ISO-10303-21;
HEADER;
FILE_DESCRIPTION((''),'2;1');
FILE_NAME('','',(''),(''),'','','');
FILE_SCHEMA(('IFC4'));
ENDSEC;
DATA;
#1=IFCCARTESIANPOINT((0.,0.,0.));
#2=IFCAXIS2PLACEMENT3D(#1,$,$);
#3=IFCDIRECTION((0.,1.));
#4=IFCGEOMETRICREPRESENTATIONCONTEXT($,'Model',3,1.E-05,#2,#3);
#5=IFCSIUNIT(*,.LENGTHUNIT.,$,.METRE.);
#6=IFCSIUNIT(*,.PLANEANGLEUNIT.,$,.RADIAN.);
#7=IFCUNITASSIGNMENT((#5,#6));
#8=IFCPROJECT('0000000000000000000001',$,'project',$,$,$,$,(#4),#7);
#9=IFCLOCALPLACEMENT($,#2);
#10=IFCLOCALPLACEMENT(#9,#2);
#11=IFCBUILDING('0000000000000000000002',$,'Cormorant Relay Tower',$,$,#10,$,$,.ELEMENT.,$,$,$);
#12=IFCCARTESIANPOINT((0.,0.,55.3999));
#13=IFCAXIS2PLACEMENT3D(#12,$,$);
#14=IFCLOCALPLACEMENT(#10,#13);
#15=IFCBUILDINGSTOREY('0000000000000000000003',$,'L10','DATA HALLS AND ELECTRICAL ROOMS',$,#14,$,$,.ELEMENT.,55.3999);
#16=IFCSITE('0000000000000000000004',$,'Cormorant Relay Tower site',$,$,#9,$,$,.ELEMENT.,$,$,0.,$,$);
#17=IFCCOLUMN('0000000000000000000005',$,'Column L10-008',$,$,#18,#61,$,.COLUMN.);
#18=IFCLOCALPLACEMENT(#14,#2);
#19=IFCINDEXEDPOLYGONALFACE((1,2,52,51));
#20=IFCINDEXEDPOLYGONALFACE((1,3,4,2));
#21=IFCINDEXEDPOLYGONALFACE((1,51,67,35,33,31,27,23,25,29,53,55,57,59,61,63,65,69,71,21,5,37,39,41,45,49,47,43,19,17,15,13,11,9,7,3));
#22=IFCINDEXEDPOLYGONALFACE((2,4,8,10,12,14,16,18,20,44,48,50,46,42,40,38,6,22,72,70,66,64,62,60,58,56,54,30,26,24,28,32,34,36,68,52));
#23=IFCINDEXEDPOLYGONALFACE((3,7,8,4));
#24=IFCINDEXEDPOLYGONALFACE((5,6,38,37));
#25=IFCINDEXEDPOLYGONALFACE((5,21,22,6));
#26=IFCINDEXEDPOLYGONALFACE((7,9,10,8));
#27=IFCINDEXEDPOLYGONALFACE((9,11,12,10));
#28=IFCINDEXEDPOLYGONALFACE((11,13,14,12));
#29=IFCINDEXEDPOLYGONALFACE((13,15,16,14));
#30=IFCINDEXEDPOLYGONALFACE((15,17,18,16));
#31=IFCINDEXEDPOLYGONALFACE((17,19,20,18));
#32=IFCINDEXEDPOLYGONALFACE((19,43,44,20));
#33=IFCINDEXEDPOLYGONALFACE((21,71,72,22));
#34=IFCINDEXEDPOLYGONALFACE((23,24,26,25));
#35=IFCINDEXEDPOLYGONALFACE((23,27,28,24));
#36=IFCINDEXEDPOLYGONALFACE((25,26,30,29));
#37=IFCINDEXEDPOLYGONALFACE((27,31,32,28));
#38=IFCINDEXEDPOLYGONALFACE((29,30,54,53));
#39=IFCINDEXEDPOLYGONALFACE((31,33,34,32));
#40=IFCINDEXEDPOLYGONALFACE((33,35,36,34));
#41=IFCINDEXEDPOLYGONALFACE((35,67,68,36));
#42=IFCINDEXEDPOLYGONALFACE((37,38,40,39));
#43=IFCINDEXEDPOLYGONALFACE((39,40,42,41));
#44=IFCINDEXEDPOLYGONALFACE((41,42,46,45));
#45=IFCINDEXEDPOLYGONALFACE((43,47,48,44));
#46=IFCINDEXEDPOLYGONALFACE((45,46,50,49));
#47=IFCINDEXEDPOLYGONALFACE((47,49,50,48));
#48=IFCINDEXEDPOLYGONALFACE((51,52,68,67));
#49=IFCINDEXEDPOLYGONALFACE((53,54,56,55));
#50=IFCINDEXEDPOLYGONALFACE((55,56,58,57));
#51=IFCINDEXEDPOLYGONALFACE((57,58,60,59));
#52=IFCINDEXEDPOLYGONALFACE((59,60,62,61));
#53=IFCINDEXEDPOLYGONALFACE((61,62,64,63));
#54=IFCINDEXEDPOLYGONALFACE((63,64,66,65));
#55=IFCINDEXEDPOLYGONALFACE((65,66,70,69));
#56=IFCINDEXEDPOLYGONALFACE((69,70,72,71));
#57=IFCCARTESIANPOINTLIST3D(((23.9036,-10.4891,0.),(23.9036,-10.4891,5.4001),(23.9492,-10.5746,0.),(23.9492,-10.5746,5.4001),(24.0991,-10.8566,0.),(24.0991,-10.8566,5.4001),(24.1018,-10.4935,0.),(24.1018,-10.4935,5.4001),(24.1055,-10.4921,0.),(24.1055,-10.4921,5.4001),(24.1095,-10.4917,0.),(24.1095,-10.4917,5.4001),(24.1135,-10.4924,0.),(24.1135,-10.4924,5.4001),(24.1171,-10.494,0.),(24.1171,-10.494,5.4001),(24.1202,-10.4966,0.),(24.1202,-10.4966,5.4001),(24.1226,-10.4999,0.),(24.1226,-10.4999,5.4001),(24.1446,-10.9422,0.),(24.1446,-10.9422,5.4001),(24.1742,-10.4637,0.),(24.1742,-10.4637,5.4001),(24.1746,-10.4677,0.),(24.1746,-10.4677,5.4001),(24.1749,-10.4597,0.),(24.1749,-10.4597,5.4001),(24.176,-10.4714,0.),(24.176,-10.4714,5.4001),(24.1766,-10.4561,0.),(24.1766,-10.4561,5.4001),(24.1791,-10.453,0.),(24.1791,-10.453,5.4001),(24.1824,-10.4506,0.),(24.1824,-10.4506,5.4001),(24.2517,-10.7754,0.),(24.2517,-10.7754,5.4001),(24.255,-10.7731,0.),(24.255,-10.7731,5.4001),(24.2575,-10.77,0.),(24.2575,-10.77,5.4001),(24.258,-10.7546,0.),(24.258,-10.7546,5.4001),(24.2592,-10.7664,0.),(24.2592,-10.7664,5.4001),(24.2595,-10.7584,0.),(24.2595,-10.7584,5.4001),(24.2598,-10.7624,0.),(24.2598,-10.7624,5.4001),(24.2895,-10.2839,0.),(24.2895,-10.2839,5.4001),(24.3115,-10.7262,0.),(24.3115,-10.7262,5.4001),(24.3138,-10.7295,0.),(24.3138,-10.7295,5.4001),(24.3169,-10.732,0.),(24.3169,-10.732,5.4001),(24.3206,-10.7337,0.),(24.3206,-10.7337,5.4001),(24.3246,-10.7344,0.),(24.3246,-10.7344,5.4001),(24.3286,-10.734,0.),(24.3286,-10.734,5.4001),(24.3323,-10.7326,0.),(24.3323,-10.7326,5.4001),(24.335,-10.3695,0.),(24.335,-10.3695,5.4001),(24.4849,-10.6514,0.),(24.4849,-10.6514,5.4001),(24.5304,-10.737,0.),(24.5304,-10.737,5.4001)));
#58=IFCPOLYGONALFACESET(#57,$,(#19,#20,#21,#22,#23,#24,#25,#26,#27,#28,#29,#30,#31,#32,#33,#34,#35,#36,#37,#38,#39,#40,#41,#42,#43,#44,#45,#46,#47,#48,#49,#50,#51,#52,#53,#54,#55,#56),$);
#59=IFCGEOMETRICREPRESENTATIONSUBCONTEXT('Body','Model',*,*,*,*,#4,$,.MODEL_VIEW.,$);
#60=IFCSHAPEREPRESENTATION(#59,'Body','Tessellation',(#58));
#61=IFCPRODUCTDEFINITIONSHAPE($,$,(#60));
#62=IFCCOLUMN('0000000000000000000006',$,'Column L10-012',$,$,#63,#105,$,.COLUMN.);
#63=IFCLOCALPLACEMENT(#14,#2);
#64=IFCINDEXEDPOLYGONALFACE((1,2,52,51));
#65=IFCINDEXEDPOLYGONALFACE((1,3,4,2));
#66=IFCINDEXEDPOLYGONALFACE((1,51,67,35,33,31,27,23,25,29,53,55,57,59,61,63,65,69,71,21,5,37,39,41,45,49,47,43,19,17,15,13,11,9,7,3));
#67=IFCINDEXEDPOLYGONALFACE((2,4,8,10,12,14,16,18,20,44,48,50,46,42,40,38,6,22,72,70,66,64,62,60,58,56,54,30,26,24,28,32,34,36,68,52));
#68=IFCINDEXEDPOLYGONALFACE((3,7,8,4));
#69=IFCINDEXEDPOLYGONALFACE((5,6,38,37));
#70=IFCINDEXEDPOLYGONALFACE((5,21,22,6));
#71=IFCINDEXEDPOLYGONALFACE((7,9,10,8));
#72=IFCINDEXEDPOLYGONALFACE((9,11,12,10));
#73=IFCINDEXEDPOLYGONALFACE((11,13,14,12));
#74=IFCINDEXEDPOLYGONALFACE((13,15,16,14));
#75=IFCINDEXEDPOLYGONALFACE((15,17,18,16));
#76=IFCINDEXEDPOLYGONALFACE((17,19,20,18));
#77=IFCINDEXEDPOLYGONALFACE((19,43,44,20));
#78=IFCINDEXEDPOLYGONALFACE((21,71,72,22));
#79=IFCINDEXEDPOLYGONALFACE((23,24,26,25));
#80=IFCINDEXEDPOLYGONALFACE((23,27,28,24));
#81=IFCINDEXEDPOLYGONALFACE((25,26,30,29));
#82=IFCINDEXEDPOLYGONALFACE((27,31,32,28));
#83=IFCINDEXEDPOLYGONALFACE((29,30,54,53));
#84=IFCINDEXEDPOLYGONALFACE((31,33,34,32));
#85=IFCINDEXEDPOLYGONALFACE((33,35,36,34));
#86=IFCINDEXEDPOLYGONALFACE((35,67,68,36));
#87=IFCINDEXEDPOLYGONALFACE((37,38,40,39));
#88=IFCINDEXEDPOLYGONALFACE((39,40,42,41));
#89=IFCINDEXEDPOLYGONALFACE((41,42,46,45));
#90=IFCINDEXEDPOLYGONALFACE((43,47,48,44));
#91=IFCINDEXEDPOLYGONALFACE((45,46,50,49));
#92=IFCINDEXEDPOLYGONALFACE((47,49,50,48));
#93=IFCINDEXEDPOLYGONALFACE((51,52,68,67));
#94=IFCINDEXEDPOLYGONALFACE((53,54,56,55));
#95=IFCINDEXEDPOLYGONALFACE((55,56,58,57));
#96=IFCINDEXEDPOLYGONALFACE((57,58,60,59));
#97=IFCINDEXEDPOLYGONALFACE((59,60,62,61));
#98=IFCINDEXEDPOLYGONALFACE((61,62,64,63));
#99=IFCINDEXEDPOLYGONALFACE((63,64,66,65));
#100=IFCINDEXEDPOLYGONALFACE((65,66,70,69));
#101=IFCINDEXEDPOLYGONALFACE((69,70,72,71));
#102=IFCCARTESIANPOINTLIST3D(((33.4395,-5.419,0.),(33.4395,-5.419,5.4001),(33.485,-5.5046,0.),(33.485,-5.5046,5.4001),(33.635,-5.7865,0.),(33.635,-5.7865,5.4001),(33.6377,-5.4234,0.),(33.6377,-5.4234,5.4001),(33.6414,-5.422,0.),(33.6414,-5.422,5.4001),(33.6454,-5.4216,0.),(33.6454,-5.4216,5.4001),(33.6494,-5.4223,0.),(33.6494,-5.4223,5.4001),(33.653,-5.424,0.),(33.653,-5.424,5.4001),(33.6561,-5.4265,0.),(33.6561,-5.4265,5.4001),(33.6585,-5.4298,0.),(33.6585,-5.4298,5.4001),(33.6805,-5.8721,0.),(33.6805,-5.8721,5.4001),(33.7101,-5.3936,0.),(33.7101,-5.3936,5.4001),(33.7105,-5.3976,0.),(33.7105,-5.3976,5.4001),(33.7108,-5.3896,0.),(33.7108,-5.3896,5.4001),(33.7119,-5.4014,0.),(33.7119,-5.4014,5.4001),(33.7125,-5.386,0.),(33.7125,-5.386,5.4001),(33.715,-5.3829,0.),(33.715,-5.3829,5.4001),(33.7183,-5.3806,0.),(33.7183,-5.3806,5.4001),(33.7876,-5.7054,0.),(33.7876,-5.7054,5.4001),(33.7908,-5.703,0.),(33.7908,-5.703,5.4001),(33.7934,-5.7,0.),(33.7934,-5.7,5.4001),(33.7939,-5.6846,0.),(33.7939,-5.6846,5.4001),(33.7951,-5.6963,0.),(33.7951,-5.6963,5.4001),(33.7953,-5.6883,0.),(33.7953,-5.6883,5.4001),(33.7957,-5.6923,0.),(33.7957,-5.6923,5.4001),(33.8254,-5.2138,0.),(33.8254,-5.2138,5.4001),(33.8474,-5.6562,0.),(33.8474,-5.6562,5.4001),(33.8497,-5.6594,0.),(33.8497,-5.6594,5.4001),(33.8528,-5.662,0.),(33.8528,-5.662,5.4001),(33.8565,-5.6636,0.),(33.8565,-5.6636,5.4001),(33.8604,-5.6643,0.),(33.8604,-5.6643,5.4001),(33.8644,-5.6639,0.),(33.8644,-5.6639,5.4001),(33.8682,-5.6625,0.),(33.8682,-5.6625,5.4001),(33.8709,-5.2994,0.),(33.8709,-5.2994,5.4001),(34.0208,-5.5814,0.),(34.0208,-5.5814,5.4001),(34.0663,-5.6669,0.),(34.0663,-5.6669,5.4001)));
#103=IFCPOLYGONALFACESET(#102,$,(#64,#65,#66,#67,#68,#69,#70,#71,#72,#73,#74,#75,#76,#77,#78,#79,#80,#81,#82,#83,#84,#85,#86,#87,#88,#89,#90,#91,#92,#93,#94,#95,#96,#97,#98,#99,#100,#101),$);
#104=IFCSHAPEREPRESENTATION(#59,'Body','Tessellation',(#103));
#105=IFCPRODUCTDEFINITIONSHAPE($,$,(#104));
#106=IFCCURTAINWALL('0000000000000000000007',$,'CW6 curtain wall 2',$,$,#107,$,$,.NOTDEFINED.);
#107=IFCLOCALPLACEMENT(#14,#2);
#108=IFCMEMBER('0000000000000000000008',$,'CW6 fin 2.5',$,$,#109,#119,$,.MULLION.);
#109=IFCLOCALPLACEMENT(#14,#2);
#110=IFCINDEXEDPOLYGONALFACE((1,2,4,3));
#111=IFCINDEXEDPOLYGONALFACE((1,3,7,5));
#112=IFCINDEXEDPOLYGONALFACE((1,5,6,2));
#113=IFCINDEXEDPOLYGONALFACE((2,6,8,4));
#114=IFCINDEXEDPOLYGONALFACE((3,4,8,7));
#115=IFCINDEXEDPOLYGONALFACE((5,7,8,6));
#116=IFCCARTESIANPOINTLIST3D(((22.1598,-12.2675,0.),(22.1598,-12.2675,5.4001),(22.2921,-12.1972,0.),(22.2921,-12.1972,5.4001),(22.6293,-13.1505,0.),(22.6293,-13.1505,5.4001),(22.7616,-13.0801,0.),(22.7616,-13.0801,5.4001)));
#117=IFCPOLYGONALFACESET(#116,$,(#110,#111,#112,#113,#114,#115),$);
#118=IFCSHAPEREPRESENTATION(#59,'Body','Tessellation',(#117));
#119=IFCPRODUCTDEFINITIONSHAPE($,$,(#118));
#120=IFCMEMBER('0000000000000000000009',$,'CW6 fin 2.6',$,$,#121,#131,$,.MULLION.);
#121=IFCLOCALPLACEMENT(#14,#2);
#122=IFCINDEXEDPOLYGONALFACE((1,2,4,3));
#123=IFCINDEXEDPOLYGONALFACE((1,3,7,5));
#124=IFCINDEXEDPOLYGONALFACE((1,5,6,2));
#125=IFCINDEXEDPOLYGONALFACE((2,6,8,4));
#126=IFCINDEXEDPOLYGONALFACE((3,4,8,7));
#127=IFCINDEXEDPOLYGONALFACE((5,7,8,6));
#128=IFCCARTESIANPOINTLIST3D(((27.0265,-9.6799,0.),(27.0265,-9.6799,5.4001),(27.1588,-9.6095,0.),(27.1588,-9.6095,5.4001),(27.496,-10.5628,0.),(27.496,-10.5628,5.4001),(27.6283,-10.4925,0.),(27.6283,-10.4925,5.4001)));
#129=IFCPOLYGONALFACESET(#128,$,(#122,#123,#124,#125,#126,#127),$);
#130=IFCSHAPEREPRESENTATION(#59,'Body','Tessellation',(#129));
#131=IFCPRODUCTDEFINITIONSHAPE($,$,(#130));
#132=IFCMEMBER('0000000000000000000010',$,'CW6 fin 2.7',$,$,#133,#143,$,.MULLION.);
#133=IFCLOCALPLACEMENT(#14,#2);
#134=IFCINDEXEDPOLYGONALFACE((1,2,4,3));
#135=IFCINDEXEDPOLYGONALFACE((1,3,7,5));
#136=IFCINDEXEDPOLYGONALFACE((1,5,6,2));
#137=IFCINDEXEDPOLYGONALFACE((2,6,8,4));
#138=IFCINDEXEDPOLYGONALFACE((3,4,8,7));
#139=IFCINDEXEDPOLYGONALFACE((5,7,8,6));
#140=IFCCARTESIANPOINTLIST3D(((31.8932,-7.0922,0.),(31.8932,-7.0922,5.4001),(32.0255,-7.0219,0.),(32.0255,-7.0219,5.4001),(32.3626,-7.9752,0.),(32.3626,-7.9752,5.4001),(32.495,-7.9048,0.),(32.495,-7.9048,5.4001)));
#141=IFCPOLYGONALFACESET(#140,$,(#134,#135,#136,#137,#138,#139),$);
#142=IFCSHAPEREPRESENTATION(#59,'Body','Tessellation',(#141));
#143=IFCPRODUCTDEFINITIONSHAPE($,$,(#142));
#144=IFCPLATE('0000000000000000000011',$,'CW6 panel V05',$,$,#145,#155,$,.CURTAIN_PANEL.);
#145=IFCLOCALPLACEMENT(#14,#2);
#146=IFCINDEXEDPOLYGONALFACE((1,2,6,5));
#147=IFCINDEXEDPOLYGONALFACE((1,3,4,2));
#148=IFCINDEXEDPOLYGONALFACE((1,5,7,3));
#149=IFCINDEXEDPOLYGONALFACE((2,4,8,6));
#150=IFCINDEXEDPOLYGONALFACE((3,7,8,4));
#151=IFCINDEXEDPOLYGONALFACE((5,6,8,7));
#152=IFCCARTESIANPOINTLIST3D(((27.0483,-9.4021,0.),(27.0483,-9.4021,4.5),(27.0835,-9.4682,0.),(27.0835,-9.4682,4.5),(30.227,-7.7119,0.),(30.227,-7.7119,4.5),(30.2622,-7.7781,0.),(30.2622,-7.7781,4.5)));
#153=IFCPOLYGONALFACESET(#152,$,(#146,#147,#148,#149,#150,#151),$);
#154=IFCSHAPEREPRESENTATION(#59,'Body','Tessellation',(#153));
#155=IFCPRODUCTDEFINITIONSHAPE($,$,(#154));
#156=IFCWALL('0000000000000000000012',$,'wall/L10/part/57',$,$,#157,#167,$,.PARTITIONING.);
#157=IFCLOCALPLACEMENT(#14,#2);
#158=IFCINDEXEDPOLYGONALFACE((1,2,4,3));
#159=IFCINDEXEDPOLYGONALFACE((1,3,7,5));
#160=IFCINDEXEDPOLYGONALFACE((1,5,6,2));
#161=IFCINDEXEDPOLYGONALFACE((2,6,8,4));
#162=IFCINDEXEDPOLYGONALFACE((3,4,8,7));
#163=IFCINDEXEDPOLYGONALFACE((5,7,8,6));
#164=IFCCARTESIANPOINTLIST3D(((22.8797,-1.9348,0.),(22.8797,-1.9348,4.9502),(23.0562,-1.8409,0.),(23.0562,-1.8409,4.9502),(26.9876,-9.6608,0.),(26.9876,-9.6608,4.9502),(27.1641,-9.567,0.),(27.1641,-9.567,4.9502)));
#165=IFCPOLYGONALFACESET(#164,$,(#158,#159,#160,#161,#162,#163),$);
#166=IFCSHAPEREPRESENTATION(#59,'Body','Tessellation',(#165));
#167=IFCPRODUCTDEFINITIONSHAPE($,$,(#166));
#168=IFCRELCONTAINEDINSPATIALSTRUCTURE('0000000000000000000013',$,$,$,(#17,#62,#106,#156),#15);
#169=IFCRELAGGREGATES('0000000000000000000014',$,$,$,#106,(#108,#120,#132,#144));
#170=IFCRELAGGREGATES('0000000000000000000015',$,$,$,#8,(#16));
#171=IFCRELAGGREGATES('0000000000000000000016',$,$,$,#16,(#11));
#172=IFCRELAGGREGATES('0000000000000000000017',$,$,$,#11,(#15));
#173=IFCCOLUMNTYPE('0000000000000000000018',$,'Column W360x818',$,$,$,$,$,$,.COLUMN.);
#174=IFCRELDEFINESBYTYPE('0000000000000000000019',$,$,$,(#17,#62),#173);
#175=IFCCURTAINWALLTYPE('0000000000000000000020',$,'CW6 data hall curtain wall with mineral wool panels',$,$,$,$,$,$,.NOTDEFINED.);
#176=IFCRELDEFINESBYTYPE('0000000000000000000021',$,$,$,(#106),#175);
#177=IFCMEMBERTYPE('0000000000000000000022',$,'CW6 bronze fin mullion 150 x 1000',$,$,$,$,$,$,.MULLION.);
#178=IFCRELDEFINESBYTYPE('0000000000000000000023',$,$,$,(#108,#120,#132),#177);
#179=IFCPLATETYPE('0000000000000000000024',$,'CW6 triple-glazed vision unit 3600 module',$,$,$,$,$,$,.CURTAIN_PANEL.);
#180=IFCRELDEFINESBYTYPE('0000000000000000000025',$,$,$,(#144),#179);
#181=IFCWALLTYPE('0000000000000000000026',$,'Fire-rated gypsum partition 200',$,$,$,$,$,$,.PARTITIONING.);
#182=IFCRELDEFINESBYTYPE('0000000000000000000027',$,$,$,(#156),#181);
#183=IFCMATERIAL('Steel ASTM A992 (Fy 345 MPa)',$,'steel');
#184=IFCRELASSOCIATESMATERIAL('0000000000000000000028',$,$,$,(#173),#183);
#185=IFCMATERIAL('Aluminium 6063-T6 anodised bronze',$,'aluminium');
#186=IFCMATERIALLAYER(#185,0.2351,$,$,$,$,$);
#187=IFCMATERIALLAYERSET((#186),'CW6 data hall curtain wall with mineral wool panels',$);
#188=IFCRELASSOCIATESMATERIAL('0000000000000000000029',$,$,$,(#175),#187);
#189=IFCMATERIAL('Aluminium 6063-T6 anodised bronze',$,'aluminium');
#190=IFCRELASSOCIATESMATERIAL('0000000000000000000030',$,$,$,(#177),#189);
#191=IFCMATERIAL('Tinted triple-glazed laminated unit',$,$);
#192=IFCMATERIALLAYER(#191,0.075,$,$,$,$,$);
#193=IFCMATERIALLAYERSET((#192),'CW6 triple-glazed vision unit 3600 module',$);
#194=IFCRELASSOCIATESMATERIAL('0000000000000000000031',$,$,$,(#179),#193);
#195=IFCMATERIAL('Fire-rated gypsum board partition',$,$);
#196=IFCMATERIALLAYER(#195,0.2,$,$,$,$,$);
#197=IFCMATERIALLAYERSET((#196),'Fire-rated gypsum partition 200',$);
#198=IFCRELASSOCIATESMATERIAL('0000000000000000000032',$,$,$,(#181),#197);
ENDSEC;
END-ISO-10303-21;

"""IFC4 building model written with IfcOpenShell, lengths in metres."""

from ifc_helpers import new_model, si_unit, direction, frame, frame_2d, origin, origin_2d, place, context, subcontext, project, spatial, rectangle, i_section, extrude, material, layer, layer_set, material_profile, profile_set, type_object, element, aggregate, save


model = new_model("IFC4")

# Units and contexts
model_context = context("Model", 3, precision=1e-05, world=origin(), true_north=direction((0.0, 1.0)))
body_context = subcontext(model_context, "Body", "Model", "MODEL_VIEW")
ifc_project = project(units=[si_unit("LENGTHUNIT", "METRE"), si_unit("PLANEANGLEUNIT", "RADIAN")], contexts=[model_context])

# Site, building, storey
site_placement = place(None, origin())
site = spatial("IfcSite", under=ifc_project, at=site_placement, Name="Cormorant Relay Tower site", CompositionType="ELEMENT", RefElevation=0.0)
building_placement = place(site_placement, origin())
building = spatial("IfcBuilding", under=site, at=building_placement, Name="Cormorant Relay Tower", CompositionType="ELEMENT")
storey_placement = place(building_placement, frame((0.0, 0.0, 55.3999)))
storey = spatial("IfcBuildingStorey", under=building, at=storey_placement, Name="L10", Description="DATA HALLS AND ELECTRICAL ROOMS", CompositionType="ELEMENT", Elevation=55.3999)

# Columns
ifc_material_1 = material(Name="Steel ASTM A992 (Fy 345 MPa)", Category="steel")
ifc_material_profile_1 = material_profile(ifc_material_1, i_section(OverallWidth=0.437, OverallDepth=0.5132, WebThickness=0.0605, FlangeThickness=0.0969, FilletRadius=0.0154, at=origin_2d()), Name="W360x818")
ifc_profile_set_1 = profile_set([ifc_material_profile_1], Name="Steel ASTM A992 (Fy 345 MPa)")
column_type = type_object("IfcColumnType", Name="Column W360x818", PredefinedType="COLUMN", material=ifc_profile_set_1)
for number, where, z_axis, x_axis, name in (
    (1, (24.217, -10.613, 0.0), (0.0, 0.0, 1.0), (0.882948, 0.469472, 0.0), "Column L10-008"),
    (2, (33.7529, -5.543, 0.0), (0.0, 0.0, 1.0), (0.882948, 0.469472, 0.0), "Column L10-012"),
):
    element("IfcColumn", number, at=place(storey_placement, frame(where, z_axis=z_axis, x_axis=x_axis)), inside=storey, type_object=column_type, Name=name, PredefinedType="COLUMN", context=body_context, shape_type="SweptSolid", body=[
        extrude(i_section(OverallWidth=0.437, OverallDepth=0.5132, WebThickness=0.0605, FlangeThickness=0.0969, FilletRadius=0.0154, at=origin_2d()), origin(), (0.0, 0.0, 1.0), 5.4001),
    ])

# Curtain wall, members, plate
ifc_material_2 = material(Name="Aluminium 6063-T6 anodised bronze", Category="aluminium")
ifc_layer_1 = layer(ifc_material_2, 0.2351)
ifc_layer_set_1 = layer_set([ifc_layer_1], Name="CW6 data hall curtain wall with mineral wool panels")
curtain_wall_type = type_object("IfcCurtainWallType", Name="CW6 data hall curtain wall with mineral wool panels", PredefinedType="NOTDEFINED", material=ifc_layer_set_1)
curtain_wall_placement = place(storey_placement, origin())
curtain_wall = element("IfcCurtainWall", 3, at=curtain_wall_placement, inside=storey, type_object=curtain_wall_type, Name="CW6 curtain wall 2", PredefinedType="NOTDEFINED")
ifc_material_3 = material(Name="Aluminium 6063-T6 anodised bronze", Category="aluminium")
ifc_material_profile_2 = material_profile(ifc_material_3, rectangle(XDim=0.1499, YDim=1.0, at=origin_2d()), Name="AL 150x1000")
ifc_profile_set_2 = profile_set([ifc_material_profile_2], Name="Aluminium 6063-T6 anodised bronze")
member_type = type_object("IfcMemberType", Name="CW6 bronze fin mullion 150 x 1000", PredefinedType="MULLION", material=ifc_profile_set_2)
member_1_placement = place(storey_placement, frame((22.4607, -12.6738, 0.0), z_axis=(0.0, 0.0, 1.0), x_axis=(0.882948, 0.469472, 0.0)))
member_1 = element("IfcMember", 4, at=member_1_placement, type_object=member_type, Name="CW6 fin 2.5", PredefinedType="MULLION", context=body_context, shape_type="SweptSolid", body=[
    extrude(rectangle(XDim=0.1499, YDim=1.0, at=origin_2d()), origin(), (0.0, 0.0, 1.0), 5.4001),
])
member_2_placement = place(storey_placement, frame((27.3274, -10.0862, 0.0), z_axis=(0.0, 0.0, 1.0), x_axis=(0.882948, 0.469472, 0.0)))
member_2 = element("IfcMember", 5, at=member_2_placement, type_object=member_type, Name="CW6 fin 2.6", PredefinedType="MULLION", context=body_context, shape_type="SweptSolid", body=[
    extrude(rectangle(XDim=0.1499, YDim=1.0, at=origin_2d()), origin(), (0.0, 0.0, 1.0), 5.4001),
])
member_3_placement = place(storey_placement, frame((32.1941, -7.4985, 0.0), z_axis=(0.0, 0.0, 1.0), x_axis=(0.882948, 0.469472, 0.0)))
member_3 = element("IfcMember", 6, at=member_3_placement, type_object=member_type, Name="CW6 fin 2.7", PredefinedType="MULLION", context=body_context, shape_type="SweptSolid", body=[
    extrude(rectangle(XDim=0.1499, YDim=1.0, at=origin_2d()), origin(), (0.0, 0.0, 1.0), 5.4001),
])
ifc_material_4 = material(Name="Tinted triple-glazed laminated unit")
ifc_layer_2 = layer(ifc_material_4, 0.075)
ifc_layer_set_2 = layer_set([ifc_layer_2], Name="CW6 triple-glazed vision unit 3600 module")
plate_type = type_object("IfcPlateType", Name="CW6 triple-glazed vision unit 3600 module", PredefinedType="CURTAIN_PANEL", material=ifc_layer_set_2)
plate_placement = place(storey_placement, frame((28.6553, -8.5901, 0.0), z_axis=(0.0, 0.0, 1.0), x_axis=(0.882948, 0.469472, 0.0)))
plate = element("IfcPlate", 7, at=plate_placement, type_object=plate_type, Name="CW6 panel V05", PredefinedType="CURTAIN_PANEL", context=body_context, shape_type="SweptSolid", body=[
    extrude(rectangle(XDim=3.6001, YDim=0.075, at=origin_2d()), origin(), (0.0, 0.0, 1.0), 4.5),
])

# Wall
ifc_material_5 = material(Name="Fire-rated gypsum board partition")
ifc_layer_3 = layer(ifc_material_5, 0.2)
ifc_layer_set_3 = layer_set([ifc_layer_3], Name="Fire-rated gypsum partition 200")
wall_type = type_object("IfcWallType", Name="Fire-rated gypsum partition 200", PredefinedType="PARTITIONING", material=ifc_layer_set_3)
wall_placement = place(storey_placement, frame((22.968, -1.8879, 0.0), z_axis=(0.0, 0.0, 1.0), x_axis=(0.469461, -0.882953, 0.0)))
element("IfcWall", 8, at=wall_placement, inside=storey, type_object=wall_type, Name="wall/L10/part/57", PredefinedType="PARTITIONING", context=body_context, shape_type="SweptSolid", body=[
    extrude(rectangle(XDim=8.7502, YDim=0.2, at=frame_2d((4.375, 0.0))), origin(), (0.0, 0.0, 1.0), 4.9502),
])

aggregate(curtain_wall, [member_1, member_2, member_3, plate])

save(model, "model.ifc")
